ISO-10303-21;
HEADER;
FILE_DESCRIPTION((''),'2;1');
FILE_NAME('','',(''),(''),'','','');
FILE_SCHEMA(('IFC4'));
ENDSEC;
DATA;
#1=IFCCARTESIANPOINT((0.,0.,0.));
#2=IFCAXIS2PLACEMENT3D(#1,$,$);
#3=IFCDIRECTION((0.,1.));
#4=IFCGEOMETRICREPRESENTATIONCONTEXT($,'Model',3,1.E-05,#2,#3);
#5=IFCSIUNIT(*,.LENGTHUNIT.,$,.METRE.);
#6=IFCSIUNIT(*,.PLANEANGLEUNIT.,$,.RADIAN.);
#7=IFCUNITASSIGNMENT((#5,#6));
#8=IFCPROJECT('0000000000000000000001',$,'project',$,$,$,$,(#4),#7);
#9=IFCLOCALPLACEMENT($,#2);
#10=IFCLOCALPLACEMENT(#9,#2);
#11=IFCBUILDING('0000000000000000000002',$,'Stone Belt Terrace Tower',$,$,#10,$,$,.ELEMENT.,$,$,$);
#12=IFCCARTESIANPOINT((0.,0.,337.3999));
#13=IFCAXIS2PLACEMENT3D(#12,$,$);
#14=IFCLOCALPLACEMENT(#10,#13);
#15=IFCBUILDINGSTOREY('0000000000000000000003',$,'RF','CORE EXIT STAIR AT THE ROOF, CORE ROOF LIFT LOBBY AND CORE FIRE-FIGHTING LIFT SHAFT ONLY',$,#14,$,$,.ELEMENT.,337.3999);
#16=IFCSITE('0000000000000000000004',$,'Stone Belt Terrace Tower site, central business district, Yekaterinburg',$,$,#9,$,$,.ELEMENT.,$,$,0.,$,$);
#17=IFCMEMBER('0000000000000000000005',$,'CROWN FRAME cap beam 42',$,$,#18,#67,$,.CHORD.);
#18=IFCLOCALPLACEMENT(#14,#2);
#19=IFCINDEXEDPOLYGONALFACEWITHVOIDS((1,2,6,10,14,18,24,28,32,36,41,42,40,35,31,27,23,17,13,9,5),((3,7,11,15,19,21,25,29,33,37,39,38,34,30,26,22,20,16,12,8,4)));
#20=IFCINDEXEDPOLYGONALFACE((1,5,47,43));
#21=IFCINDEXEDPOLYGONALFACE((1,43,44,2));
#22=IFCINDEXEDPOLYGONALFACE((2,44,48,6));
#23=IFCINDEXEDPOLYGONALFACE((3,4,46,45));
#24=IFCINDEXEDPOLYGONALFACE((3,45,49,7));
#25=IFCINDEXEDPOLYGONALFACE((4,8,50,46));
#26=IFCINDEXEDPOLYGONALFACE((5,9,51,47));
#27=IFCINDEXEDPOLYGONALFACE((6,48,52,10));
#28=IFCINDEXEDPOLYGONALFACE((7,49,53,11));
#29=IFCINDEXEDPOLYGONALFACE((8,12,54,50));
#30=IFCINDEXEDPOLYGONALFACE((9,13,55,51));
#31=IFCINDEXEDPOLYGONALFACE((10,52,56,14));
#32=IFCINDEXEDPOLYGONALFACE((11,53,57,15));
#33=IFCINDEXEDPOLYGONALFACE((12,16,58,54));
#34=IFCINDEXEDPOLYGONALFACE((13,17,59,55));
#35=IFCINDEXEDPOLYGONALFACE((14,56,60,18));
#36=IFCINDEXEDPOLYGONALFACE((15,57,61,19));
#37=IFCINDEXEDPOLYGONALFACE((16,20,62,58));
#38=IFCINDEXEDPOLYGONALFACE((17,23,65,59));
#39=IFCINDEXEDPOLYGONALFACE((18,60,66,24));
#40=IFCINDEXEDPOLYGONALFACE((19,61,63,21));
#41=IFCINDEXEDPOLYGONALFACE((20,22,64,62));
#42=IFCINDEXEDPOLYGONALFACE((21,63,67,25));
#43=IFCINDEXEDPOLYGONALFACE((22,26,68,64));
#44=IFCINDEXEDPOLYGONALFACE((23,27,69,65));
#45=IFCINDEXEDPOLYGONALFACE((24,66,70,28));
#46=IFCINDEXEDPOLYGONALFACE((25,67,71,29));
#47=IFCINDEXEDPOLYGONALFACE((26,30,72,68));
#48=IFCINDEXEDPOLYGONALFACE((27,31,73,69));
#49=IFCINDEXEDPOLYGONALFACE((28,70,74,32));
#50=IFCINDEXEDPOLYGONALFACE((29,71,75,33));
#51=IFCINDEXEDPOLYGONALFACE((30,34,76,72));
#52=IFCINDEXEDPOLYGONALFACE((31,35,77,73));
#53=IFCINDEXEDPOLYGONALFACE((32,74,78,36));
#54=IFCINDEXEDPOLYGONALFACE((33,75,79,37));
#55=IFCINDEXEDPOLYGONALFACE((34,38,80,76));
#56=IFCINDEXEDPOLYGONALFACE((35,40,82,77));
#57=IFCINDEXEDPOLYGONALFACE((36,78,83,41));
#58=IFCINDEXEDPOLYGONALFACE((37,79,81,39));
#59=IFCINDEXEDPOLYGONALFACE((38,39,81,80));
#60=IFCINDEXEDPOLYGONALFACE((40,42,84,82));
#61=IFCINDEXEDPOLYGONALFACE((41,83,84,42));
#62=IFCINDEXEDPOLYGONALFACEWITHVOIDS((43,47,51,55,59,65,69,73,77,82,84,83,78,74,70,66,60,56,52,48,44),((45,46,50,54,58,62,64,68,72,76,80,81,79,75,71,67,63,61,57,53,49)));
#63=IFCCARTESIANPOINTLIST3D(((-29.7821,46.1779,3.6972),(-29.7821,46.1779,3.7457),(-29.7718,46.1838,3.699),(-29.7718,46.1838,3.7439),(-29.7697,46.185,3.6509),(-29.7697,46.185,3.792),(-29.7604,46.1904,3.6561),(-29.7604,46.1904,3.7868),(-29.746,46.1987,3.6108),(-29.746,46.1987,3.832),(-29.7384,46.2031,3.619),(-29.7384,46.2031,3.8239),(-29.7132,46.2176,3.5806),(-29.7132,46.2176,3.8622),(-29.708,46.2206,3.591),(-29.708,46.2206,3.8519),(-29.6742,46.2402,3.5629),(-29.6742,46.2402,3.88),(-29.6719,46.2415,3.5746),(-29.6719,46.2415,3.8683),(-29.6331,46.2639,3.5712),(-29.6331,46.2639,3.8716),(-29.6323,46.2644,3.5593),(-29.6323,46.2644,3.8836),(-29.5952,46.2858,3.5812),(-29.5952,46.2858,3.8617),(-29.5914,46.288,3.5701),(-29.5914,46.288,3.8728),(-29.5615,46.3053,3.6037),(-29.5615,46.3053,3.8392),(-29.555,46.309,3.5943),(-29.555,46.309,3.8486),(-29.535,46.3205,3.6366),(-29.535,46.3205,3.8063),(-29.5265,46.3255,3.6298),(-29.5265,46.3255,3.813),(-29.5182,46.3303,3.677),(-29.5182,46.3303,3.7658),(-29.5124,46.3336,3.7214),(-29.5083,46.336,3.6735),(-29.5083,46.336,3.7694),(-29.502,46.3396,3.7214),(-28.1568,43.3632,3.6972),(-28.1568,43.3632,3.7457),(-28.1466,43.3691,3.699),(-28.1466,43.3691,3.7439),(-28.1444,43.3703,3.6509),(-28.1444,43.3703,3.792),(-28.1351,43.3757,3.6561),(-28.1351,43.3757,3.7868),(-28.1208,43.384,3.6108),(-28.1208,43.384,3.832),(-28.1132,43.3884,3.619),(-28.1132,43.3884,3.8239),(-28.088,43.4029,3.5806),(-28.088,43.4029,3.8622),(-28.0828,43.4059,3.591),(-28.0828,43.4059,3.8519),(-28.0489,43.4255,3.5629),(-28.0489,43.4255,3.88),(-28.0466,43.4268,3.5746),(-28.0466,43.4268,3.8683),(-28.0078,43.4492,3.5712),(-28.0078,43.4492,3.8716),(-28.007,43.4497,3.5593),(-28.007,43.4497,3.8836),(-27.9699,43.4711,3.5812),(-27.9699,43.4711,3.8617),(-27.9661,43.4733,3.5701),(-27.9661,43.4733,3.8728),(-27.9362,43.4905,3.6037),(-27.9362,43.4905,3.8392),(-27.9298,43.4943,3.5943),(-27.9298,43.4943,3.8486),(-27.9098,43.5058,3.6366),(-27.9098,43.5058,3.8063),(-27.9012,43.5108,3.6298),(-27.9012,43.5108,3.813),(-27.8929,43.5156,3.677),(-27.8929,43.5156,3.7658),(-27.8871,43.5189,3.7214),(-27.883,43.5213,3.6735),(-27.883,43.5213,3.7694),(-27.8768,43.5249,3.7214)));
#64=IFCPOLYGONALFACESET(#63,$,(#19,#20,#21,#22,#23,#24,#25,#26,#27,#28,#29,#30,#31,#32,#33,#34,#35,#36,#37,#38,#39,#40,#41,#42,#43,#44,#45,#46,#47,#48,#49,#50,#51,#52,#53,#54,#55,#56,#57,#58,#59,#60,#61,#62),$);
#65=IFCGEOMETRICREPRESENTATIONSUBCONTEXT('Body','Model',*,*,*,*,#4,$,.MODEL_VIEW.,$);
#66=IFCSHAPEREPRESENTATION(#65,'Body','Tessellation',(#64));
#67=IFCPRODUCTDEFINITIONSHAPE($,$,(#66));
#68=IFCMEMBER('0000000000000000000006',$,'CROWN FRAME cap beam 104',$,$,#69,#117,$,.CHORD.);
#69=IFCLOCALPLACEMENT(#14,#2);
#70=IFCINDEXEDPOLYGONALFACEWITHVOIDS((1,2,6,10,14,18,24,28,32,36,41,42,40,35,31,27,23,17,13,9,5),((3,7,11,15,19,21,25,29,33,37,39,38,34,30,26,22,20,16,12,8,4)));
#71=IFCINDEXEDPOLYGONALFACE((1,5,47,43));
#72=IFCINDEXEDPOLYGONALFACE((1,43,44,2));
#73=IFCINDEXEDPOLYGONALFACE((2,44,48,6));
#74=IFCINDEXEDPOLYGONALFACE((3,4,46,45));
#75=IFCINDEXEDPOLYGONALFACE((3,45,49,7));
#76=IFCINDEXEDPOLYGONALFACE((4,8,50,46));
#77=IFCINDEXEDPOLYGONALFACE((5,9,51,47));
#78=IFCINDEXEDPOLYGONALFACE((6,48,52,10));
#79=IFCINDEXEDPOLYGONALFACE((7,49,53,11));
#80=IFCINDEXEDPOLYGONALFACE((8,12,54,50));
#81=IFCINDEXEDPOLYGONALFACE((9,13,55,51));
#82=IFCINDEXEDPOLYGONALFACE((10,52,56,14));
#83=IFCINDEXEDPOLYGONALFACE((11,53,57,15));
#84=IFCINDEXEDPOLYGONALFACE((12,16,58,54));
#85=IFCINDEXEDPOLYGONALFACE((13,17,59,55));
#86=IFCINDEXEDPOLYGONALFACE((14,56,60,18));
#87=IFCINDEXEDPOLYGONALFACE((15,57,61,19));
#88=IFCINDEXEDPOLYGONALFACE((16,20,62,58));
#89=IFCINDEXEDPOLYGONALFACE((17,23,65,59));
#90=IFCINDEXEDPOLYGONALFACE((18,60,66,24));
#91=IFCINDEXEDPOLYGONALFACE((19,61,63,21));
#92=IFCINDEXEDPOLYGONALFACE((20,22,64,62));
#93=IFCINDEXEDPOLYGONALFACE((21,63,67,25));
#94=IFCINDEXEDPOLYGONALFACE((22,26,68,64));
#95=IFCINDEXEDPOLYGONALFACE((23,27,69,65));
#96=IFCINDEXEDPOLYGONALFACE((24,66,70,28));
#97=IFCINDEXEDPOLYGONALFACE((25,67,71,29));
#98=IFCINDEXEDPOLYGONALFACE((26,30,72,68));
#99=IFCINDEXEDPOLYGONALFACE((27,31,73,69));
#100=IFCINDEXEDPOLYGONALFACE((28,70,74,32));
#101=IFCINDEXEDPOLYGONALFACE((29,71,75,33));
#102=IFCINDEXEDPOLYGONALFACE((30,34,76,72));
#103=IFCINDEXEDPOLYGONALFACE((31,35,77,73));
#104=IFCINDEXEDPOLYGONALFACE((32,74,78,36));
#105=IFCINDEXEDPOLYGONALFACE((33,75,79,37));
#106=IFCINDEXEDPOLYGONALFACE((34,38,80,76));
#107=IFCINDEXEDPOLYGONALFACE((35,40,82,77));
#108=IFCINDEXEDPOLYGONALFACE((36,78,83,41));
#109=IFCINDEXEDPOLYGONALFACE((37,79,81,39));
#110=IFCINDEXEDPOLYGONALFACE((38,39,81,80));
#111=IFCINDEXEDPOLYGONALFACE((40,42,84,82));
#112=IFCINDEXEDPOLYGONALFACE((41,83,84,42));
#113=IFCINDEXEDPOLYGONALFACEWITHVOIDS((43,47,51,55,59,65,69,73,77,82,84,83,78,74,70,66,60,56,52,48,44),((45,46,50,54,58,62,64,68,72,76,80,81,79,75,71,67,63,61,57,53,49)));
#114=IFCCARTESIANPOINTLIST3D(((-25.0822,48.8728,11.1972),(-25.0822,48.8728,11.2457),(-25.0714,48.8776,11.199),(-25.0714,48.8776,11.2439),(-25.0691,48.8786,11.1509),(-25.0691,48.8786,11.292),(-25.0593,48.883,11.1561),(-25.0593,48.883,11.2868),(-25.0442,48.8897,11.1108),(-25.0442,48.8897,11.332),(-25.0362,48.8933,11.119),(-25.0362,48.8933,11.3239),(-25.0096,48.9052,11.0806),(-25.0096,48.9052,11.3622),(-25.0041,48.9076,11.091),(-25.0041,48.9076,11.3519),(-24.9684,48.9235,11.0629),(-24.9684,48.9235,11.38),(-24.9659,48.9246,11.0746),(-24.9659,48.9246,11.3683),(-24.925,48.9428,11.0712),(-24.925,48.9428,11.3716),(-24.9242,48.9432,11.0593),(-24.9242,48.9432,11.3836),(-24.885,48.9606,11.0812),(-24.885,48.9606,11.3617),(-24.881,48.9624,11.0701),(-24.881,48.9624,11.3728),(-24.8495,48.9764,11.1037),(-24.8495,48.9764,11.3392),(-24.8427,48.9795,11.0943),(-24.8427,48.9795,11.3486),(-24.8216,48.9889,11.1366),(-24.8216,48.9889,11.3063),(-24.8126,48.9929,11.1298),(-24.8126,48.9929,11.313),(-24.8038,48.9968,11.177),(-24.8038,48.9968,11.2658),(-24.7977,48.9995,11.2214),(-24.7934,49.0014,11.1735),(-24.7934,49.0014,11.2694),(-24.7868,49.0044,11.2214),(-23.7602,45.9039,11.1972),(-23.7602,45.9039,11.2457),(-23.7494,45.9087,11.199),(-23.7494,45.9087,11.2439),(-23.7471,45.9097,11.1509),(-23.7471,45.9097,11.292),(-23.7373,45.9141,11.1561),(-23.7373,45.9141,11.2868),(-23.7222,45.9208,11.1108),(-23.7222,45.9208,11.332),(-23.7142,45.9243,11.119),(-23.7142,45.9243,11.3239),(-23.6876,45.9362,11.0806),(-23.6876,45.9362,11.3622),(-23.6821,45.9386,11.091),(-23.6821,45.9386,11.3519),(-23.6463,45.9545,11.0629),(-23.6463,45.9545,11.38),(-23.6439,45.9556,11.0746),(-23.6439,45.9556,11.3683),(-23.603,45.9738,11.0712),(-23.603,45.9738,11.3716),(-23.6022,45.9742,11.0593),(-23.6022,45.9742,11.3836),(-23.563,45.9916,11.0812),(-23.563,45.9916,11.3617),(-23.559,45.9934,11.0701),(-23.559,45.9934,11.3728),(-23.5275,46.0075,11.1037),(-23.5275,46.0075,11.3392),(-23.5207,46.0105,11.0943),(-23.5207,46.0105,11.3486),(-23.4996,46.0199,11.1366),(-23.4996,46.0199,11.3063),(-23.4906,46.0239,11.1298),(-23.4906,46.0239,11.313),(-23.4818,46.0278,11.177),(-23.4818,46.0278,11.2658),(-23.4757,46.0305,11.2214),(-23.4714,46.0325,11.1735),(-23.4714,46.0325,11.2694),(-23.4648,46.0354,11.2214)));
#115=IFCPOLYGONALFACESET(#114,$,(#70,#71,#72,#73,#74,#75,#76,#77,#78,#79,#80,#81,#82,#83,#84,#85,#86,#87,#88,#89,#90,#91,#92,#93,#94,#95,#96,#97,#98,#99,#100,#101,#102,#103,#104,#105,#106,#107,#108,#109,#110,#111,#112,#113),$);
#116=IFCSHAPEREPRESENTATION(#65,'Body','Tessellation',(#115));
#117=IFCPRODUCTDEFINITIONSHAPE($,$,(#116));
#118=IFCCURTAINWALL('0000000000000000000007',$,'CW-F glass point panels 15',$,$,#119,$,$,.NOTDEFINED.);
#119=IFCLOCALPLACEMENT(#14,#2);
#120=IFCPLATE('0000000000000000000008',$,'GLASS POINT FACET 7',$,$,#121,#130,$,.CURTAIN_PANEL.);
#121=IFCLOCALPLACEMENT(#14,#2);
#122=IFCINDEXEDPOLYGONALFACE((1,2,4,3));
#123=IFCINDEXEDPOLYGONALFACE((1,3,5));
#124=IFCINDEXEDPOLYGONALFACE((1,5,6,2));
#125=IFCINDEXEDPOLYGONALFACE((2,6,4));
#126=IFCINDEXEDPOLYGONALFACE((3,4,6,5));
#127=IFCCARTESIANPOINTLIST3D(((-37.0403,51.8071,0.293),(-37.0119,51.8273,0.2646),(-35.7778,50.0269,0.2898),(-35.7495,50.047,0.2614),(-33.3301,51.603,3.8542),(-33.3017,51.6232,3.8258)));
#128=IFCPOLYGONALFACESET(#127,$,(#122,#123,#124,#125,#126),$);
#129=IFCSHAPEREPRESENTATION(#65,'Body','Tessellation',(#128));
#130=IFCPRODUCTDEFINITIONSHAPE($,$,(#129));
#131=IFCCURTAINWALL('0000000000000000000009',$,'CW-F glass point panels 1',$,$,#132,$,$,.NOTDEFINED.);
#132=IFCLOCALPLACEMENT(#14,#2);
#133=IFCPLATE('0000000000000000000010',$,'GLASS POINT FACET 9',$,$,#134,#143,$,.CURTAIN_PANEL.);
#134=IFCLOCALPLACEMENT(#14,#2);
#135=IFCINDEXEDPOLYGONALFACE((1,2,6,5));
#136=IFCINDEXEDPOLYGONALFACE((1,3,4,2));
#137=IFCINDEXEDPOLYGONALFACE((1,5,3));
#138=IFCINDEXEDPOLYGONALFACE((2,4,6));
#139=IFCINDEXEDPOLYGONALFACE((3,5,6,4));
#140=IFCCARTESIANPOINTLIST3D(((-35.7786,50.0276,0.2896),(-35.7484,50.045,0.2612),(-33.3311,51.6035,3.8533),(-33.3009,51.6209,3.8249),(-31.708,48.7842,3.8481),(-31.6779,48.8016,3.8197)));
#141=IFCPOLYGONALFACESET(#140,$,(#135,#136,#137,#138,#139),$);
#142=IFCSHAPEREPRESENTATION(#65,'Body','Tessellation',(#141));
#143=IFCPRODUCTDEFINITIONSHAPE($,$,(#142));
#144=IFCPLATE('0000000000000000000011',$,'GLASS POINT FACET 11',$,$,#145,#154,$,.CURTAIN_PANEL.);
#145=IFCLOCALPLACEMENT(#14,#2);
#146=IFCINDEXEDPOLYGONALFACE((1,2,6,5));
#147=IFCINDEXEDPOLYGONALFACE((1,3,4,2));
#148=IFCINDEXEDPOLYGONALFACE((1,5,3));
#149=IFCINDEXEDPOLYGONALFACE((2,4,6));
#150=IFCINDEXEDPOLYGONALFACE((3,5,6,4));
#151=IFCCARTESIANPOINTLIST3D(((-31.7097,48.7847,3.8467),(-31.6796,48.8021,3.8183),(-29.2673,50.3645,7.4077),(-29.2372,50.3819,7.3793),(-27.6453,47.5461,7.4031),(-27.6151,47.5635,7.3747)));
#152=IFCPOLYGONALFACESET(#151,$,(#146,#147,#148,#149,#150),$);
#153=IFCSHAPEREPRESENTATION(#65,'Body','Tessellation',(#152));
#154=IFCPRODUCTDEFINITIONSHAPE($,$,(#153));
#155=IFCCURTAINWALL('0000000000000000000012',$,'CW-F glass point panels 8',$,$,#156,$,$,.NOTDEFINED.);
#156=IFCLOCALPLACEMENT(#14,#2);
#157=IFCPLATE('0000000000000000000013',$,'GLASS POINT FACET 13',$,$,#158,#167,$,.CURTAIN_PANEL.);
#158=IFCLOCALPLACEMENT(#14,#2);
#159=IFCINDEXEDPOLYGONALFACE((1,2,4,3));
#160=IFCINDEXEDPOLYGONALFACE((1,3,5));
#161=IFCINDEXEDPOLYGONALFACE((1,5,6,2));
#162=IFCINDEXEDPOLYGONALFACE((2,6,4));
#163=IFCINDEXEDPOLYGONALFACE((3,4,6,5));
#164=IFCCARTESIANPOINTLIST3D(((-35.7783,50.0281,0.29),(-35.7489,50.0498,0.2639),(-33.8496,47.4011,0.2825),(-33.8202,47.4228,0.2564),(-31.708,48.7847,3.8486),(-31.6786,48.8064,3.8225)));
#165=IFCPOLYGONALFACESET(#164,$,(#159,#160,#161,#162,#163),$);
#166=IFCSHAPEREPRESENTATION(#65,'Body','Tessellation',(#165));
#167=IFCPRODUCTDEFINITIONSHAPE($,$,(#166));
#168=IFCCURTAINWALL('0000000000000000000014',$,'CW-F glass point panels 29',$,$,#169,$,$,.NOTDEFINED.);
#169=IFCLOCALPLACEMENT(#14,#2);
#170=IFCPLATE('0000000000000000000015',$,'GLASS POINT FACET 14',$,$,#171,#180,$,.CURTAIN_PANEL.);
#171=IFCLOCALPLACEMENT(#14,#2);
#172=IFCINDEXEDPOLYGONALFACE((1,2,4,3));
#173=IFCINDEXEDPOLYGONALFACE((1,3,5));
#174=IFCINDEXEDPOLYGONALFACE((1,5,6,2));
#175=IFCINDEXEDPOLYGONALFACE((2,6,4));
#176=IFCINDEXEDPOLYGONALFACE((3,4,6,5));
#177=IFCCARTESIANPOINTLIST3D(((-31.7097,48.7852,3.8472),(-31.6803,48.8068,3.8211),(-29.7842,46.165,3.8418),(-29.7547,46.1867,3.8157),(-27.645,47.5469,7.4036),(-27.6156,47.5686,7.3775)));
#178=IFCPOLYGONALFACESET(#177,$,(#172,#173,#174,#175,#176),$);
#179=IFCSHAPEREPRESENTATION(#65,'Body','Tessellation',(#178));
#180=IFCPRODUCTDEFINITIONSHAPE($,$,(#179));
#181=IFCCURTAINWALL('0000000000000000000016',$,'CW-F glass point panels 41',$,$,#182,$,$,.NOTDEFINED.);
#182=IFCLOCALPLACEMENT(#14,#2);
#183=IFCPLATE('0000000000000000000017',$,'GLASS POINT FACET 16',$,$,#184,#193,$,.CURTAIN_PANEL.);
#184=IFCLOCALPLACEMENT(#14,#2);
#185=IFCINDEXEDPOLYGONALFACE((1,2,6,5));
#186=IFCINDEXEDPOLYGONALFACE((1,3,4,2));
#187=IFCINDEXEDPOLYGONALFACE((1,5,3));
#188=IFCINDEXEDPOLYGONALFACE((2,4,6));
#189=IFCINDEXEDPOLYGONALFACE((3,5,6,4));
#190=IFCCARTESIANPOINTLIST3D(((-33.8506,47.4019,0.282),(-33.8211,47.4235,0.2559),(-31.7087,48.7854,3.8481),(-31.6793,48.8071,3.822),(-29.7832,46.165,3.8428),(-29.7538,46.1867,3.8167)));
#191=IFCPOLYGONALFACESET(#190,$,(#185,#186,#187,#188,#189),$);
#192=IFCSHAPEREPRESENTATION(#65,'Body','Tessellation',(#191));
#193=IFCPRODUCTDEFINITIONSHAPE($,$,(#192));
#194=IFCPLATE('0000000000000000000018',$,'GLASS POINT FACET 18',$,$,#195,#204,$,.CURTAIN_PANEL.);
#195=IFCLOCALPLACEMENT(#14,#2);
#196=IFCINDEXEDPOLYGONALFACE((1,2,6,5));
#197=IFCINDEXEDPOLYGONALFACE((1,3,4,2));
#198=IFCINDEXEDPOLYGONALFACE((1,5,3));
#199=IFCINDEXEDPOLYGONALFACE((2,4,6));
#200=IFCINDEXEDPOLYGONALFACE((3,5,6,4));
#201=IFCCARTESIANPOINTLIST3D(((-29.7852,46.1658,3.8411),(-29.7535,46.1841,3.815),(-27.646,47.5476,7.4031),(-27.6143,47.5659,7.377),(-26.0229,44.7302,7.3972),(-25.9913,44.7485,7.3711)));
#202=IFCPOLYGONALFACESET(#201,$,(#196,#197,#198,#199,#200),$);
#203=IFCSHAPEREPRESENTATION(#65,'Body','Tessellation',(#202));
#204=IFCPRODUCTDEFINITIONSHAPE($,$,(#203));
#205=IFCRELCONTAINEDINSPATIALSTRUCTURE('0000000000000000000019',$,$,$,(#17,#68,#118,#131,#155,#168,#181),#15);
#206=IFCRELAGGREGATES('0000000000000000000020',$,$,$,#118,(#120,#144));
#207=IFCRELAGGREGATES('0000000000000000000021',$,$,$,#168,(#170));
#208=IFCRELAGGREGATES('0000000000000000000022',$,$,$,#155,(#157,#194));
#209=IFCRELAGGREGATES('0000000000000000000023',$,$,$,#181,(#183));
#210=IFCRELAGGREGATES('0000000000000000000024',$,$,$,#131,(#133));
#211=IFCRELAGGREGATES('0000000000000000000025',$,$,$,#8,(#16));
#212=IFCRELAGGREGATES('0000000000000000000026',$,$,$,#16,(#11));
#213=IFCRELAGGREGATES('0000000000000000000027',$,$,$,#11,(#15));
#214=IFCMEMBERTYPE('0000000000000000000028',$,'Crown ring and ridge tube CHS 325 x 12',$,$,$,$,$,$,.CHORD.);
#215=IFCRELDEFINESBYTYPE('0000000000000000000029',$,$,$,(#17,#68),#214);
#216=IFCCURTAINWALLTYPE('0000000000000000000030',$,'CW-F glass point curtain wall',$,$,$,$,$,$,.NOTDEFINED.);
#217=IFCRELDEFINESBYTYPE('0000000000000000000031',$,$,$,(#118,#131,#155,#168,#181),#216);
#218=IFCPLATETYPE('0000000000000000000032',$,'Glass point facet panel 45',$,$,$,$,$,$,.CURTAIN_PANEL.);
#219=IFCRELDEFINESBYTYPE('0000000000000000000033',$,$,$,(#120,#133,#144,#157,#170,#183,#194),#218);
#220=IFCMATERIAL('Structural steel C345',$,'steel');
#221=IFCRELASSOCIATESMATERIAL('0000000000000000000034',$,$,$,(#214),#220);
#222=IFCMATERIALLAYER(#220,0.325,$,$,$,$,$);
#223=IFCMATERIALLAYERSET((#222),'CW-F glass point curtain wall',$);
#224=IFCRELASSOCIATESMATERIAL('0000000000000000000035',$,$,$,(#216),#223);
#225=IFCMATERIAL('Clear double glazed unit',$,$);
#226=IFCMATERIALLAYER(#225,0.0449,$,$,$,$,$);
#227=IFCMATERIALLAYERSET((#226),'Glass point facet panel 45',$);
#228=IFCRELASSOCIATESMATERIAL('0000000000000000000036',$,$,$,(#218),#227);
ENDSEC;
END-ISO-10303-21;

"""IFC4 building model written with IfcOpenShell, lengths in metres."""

from ifc_helpers import new_model, si_unit, direction, frame, origin, origin_2d, place, context, subcontext, project, spatial, polyline, hollow_circle, outline, extrude, material, layer, layer_set, material_profile, profile_set, type_object, element, aggregate, save


model = new_model("IFC4")

# Units and contexts
model_context = context("Model", 3, precision=1e-05, world=origin(), true_north=direction((0.0, 1.0)))
body_context = subcontext(model_context, "Body", "Model", "MODEL_VIEW")
ifc_project = project(units=[si_unit("LENGTHUNIT", "METRE"), si_unit("PLANEANGLEUNIT", "RADIAN")], contexts=[model_context])

# Site, building, storey
site_placement = place(None, origin())
site = spatial("IfcSite", under=ifc_project, at=site_placement, Name="Stone Belt Terrace Tower site, central business district, Yekaterinburg", CompositionType="ELEMENT", RefElevation=0.0)
building_placement = place(site_placement, origin())
building = spatial("IfcBuilding", under=site, at=building_placement, Name="Stone Belt Terrace Tower", CompositionType="ELEMENT")
storey_placement = place(building_placement, frame((0.0, 0.0, 337.3999)))
storey = spatial("IfcBuildingStorey", under=building, at=storey_placement, Name="RF", Description="CORE EXIT STAIR AT THE ROOF, CORE ROOF LIFT LOBBY AND CORE FIRE-FIGHTING LIFT SHAFT ONLY", CompositionType="ELEMENT", Elevation=337.3999)

# Members
ifc_material_1 = material(Name="Structural steel C345", Category="steel")
ifc_material_profile_1 = material_profile(ifc_material_1, hollow_circle(Radius=0.1626, WallThickness=0.012, at=origin_2d()), Name="Structural steel C345 CHS 325x12")
ifc_profile_set_1 = profile_set([ifc_material_profile_1], Name="Structural steel C345")
member_type_1 = type_object("IfcMemberType", Name="Crown ring and ridge tube CHS 325 x 12", PredefinedType="CHORD", material=ifc_profile_set_1)
member_1_placement = place(storey_placement, frame((-29.6428, 46.2583, 3.7214), z_axis=(0.500041, -0.866002, 0.0), x_axis=(0.866002, 0.500041, 0.0)))
element("IfcMember", 1, at=member_1_placement, inside=storey, type_object=member_type_1, Name="CROWN FRAME cap beam 42", PredefinedType="CHORD", context=body_context, shape_type="SweptSolid", body=[
    extrude(hollow_circle(Radius=0.1626, WallThickness=0.012, at=origin_2d()), origin(), (0.0, 0.0, 1.0), 3.2502),
])
member_2_placement = place(storey_placement, frame((-24.9353, 48.9382, 11.2214), z_axis=(0.406773, -0.913529, 0.0), x_axis=(0.913529, 0.406773, 0.0)))
element("IfcMember", 2, at=member_2_placement, inside=storey, type_object=member_type_1, Name="CROWN FRAME cap beam 104", PredefinedType="CHORD", context=body_context, shape_type="SweptSolid", body=[
    extrude(hollow_circle(Radius=0.1626, WallThickness=0.012, at=origin_2d()), origin(), (0.0, 0.0, 1.0), 3.25),
])

# Curtain walls, plates
ifc_layer_1 = layer(ifc_material_1, 0.325)
ifc_layer_set_1 = layer_set([ifc_layer_1], Name="CW-F glass point curtain wall")
curtain_wall_type = type_object("IfcCurtainWallType", Name="CW-F glass point curtain wall", PredefinedType="NOTDEFINED", material=ifc_layer_set_1)
curtain_wall_1_placement = place(storey_placement, origin())
curtain_wall_1 = element("IfcCurtainWall", 3, at=curtain_wall_1_placement, inside=storey, type_object=curtain_wall_type, Name="CW-F glass point panels 15", PredefinedType="NOTDEFINED")
ifc_material_2 = material(Name="Clear double glazed unit")
ifc_layer_2 = layer(ifc_material_2, 0.0449)
ifc_layer_set_2 = layer_set([ifc_layer_2], Name="Glass point facet panel 45")
plate_type = type_object("IfcPlateType", Name="Glass point facet panel 45", PredefinedType="CURTAIN_PANEL", material=ifc_layer_set_2)
plate_1_placement = place(storey_placement, frame((-35.7778, 50.0269, 0.2898), z_axis=(-0.631502, -0.448946, 0.632181), x_axis=(-0.578451, 0.815716, 0.001454)))
plate_1 = element("IfcPlate", 4, at=plate_1_placement, type_object=plate_type, Name="GLASS POINT FACET 7", PredefinedType="CURTAIN_PANEL", context=body_context, shape_type="SweptSolid", body=[
    extrude(outline(polyline([(0.0, 0.0), (2.1825, 0.0), (-0.125, -4.6006), (0.0, 0.0)])), origin(), (0.0, 0.0, -1.0), 0.0449),
])
curtain_wall_2_placement = place(storey_placement, origin())
curtain_wall_2 = element("IfcCurtainWall", 5, at=curtain_wall_2_placement, inside=storey, type_object=curtain_wall_type, Name="CW-F glass point panels 1", PredefinedType="NOTDEFINED")
plate_2_placement = place(storey_placement, frame((-35.7786, 50.0276, 0.2896), z_axis=(-0.671009, -0.387439, 0.63217), x_axis=(0.531892, 0.34248, 0.774467)))
plate_2 = element("IfcPlate", 6, at=plate_2_placement, type_object=plate_type, Name="GLASS POINT FACET 9", PredefinedType="CURTAIN_PANEL", context=body_context, shape_type="SweptSolid", body=[
    extrude(outline(polyline([(0.0, 0.0), (4.6015, 0.0), (4.4953, -3.2514), (0.0, 0.0)])), origin(), (0.0, 0.0, -1.0), 0.0449),
])

# Plate
plate_3_placement = place(storey_placement, frame((-27.6453, 47.5461, 7.4031), z_axis=(-0.671129, -0.3873, 0.632127), x_axis=(-0.733535, 0.223524, -0.641843)))
plate_3 = element("IfcPlate", 7, at=plate_3_placement, type_object=plate_type, Name="GLASS POINT FACET 11", PredefinedType="CURTAIN_PANEL", context=body_context, shape_type="SweptSolid", body=[
    extrude(outline(polyline([(0.0, 0.0), (5.5409, 0.0), (1.8168, -2.6969), (0.0, 0.0)])), origin(), (0.0, 0.0, -1.0), 0.0449),
])
aggregate(curtain_wall_1, [plate_1, plate_3])

# Curtain walls, plates
curtain_wall_3_placement = place(storey_placement, origin())
curtain_wall_3 = element("IfcCurtainWall", 8, at=curtain_wall_3_placement, inside=storey, type_object=curtain_wall_type, Name="CW-F glass point panels 8", PredefinedType="NOTDEFINED")
plate_4_placement = place(storey_placement, frame((-35.7783, 50.0281, 0.29), z_axis=(-0.655339, -0.482824, 0.580872), x_axis=(0.733692, -0.22413, 0.641453)))
plate_4 = element("IfcPlate", 9, at=plate_4_placement, type_object=plate_type, Name="GLASS POINT FACET 13", PredefinedType="CURTAIN_PANEL", context=body_context, shape_type="SweptSolid", body=[
    extrude(outline(polyline([(0.0, 0.0), (5.5477, 0.0), (1.999, -2.5739), (0.0, 0.0)])), origin(), (0.0, 0.0, -1.0), 0.0449),
])
curtain_wall_4_placement = place(storey_placement, origin())
curtain_wall_4 = element("IfcCurtainWall", 10, at=curtain_wall_4_placement, inside=storey, type_object=curtain_wall_type, Name="CW-F glass point panels 29", PredefinedType="NOTDEFINED")
plate_5_placement = place(storey_placement, frame((-27.645, 47.5469, 7.4036), z_axis=(-0.655335, -0.4828, 0.580896), x_axis=(-0.488555, -0.315592, -0.813459)))
plate_5 = element("IfcPlate", 11, at=plate_5_placement, type_object=plate_type, Name="GLASS POINT FACET 14", PredefinedType="CURTAIN_PANEL", context=body_context, shape_type="SweptSolid", body=[
    extrude(outline(polyline([(0.0, 0.0), (4.3785, 0.0), (4.488, -3.2497), (0.0, 0.0)])), origin(), (0.0, 0.0, -1.0), 0.0449),
])
aggregate(curtain_wall_4, [plate_5])
curtain_wall_5_placement = place(storey_placement, origin())
curtain_wall_5 = element("IfcCurtainWall", 12, at=curtain_wall_5_placement, inside=storey, type_object=curtain_wall_type, Name="CW-F glass point panels 41", PredefinedType="NOTDEFINED")
plate_6_placement = place(storey_placement, frame((-31.7087, 48.7854, 3.8481), z_axis=(-0.655353, -0.482768, 0.580903), x_axis=(0.59215, -0.805826, -0.001652)))
plate_6 = element("IfcPlate", 13, at=plate_6_placement, type_object=plate_type, Name="GLASS POINT FACET 16", PredefinedType="CURTAIN_PANEL", context=body_context, shape_type="SweptSolid", body=[
    extrude(outline(polyline([(0.0, 0.0), (3.2518, 0.0), (-0.1475, -4.3815), (0.0, 0.0)])), origin(), (0.0, 0.0, -1.0), 0.0449),
])

# Plate
plate_7_placement = place(storey_placement, frame((-27.646, 47.5476, 7.4031), z_axis=(-0.704649, -0.407145, 0.581122), x_axis=(0.499176, -0.866499, -0.001802)))
plate_7 = element("IfcPlate", 14, at=plate_7_placement, type_object=plate_type, Name="GLASS POINT FACET 18", PredefinedType="CURTAIN_PANEL", context=body_context, shape_type="SweptSolid", body=[
    extrude(outline(polyline([(0.0, 0.0), (3.2515, 0.0), (0.136, -4.3766), (0.0, 0.0)])), origin(), (0.0, 0.0, -1.0), 0.0449),
])
aggregate(curtain_wall_3, [plate_4, plate_7])

aggregate(curtain_wall_5, [plate_6])
aggregate(curtain_wall_2, [plate_2])

save(model, "model.ifc")
